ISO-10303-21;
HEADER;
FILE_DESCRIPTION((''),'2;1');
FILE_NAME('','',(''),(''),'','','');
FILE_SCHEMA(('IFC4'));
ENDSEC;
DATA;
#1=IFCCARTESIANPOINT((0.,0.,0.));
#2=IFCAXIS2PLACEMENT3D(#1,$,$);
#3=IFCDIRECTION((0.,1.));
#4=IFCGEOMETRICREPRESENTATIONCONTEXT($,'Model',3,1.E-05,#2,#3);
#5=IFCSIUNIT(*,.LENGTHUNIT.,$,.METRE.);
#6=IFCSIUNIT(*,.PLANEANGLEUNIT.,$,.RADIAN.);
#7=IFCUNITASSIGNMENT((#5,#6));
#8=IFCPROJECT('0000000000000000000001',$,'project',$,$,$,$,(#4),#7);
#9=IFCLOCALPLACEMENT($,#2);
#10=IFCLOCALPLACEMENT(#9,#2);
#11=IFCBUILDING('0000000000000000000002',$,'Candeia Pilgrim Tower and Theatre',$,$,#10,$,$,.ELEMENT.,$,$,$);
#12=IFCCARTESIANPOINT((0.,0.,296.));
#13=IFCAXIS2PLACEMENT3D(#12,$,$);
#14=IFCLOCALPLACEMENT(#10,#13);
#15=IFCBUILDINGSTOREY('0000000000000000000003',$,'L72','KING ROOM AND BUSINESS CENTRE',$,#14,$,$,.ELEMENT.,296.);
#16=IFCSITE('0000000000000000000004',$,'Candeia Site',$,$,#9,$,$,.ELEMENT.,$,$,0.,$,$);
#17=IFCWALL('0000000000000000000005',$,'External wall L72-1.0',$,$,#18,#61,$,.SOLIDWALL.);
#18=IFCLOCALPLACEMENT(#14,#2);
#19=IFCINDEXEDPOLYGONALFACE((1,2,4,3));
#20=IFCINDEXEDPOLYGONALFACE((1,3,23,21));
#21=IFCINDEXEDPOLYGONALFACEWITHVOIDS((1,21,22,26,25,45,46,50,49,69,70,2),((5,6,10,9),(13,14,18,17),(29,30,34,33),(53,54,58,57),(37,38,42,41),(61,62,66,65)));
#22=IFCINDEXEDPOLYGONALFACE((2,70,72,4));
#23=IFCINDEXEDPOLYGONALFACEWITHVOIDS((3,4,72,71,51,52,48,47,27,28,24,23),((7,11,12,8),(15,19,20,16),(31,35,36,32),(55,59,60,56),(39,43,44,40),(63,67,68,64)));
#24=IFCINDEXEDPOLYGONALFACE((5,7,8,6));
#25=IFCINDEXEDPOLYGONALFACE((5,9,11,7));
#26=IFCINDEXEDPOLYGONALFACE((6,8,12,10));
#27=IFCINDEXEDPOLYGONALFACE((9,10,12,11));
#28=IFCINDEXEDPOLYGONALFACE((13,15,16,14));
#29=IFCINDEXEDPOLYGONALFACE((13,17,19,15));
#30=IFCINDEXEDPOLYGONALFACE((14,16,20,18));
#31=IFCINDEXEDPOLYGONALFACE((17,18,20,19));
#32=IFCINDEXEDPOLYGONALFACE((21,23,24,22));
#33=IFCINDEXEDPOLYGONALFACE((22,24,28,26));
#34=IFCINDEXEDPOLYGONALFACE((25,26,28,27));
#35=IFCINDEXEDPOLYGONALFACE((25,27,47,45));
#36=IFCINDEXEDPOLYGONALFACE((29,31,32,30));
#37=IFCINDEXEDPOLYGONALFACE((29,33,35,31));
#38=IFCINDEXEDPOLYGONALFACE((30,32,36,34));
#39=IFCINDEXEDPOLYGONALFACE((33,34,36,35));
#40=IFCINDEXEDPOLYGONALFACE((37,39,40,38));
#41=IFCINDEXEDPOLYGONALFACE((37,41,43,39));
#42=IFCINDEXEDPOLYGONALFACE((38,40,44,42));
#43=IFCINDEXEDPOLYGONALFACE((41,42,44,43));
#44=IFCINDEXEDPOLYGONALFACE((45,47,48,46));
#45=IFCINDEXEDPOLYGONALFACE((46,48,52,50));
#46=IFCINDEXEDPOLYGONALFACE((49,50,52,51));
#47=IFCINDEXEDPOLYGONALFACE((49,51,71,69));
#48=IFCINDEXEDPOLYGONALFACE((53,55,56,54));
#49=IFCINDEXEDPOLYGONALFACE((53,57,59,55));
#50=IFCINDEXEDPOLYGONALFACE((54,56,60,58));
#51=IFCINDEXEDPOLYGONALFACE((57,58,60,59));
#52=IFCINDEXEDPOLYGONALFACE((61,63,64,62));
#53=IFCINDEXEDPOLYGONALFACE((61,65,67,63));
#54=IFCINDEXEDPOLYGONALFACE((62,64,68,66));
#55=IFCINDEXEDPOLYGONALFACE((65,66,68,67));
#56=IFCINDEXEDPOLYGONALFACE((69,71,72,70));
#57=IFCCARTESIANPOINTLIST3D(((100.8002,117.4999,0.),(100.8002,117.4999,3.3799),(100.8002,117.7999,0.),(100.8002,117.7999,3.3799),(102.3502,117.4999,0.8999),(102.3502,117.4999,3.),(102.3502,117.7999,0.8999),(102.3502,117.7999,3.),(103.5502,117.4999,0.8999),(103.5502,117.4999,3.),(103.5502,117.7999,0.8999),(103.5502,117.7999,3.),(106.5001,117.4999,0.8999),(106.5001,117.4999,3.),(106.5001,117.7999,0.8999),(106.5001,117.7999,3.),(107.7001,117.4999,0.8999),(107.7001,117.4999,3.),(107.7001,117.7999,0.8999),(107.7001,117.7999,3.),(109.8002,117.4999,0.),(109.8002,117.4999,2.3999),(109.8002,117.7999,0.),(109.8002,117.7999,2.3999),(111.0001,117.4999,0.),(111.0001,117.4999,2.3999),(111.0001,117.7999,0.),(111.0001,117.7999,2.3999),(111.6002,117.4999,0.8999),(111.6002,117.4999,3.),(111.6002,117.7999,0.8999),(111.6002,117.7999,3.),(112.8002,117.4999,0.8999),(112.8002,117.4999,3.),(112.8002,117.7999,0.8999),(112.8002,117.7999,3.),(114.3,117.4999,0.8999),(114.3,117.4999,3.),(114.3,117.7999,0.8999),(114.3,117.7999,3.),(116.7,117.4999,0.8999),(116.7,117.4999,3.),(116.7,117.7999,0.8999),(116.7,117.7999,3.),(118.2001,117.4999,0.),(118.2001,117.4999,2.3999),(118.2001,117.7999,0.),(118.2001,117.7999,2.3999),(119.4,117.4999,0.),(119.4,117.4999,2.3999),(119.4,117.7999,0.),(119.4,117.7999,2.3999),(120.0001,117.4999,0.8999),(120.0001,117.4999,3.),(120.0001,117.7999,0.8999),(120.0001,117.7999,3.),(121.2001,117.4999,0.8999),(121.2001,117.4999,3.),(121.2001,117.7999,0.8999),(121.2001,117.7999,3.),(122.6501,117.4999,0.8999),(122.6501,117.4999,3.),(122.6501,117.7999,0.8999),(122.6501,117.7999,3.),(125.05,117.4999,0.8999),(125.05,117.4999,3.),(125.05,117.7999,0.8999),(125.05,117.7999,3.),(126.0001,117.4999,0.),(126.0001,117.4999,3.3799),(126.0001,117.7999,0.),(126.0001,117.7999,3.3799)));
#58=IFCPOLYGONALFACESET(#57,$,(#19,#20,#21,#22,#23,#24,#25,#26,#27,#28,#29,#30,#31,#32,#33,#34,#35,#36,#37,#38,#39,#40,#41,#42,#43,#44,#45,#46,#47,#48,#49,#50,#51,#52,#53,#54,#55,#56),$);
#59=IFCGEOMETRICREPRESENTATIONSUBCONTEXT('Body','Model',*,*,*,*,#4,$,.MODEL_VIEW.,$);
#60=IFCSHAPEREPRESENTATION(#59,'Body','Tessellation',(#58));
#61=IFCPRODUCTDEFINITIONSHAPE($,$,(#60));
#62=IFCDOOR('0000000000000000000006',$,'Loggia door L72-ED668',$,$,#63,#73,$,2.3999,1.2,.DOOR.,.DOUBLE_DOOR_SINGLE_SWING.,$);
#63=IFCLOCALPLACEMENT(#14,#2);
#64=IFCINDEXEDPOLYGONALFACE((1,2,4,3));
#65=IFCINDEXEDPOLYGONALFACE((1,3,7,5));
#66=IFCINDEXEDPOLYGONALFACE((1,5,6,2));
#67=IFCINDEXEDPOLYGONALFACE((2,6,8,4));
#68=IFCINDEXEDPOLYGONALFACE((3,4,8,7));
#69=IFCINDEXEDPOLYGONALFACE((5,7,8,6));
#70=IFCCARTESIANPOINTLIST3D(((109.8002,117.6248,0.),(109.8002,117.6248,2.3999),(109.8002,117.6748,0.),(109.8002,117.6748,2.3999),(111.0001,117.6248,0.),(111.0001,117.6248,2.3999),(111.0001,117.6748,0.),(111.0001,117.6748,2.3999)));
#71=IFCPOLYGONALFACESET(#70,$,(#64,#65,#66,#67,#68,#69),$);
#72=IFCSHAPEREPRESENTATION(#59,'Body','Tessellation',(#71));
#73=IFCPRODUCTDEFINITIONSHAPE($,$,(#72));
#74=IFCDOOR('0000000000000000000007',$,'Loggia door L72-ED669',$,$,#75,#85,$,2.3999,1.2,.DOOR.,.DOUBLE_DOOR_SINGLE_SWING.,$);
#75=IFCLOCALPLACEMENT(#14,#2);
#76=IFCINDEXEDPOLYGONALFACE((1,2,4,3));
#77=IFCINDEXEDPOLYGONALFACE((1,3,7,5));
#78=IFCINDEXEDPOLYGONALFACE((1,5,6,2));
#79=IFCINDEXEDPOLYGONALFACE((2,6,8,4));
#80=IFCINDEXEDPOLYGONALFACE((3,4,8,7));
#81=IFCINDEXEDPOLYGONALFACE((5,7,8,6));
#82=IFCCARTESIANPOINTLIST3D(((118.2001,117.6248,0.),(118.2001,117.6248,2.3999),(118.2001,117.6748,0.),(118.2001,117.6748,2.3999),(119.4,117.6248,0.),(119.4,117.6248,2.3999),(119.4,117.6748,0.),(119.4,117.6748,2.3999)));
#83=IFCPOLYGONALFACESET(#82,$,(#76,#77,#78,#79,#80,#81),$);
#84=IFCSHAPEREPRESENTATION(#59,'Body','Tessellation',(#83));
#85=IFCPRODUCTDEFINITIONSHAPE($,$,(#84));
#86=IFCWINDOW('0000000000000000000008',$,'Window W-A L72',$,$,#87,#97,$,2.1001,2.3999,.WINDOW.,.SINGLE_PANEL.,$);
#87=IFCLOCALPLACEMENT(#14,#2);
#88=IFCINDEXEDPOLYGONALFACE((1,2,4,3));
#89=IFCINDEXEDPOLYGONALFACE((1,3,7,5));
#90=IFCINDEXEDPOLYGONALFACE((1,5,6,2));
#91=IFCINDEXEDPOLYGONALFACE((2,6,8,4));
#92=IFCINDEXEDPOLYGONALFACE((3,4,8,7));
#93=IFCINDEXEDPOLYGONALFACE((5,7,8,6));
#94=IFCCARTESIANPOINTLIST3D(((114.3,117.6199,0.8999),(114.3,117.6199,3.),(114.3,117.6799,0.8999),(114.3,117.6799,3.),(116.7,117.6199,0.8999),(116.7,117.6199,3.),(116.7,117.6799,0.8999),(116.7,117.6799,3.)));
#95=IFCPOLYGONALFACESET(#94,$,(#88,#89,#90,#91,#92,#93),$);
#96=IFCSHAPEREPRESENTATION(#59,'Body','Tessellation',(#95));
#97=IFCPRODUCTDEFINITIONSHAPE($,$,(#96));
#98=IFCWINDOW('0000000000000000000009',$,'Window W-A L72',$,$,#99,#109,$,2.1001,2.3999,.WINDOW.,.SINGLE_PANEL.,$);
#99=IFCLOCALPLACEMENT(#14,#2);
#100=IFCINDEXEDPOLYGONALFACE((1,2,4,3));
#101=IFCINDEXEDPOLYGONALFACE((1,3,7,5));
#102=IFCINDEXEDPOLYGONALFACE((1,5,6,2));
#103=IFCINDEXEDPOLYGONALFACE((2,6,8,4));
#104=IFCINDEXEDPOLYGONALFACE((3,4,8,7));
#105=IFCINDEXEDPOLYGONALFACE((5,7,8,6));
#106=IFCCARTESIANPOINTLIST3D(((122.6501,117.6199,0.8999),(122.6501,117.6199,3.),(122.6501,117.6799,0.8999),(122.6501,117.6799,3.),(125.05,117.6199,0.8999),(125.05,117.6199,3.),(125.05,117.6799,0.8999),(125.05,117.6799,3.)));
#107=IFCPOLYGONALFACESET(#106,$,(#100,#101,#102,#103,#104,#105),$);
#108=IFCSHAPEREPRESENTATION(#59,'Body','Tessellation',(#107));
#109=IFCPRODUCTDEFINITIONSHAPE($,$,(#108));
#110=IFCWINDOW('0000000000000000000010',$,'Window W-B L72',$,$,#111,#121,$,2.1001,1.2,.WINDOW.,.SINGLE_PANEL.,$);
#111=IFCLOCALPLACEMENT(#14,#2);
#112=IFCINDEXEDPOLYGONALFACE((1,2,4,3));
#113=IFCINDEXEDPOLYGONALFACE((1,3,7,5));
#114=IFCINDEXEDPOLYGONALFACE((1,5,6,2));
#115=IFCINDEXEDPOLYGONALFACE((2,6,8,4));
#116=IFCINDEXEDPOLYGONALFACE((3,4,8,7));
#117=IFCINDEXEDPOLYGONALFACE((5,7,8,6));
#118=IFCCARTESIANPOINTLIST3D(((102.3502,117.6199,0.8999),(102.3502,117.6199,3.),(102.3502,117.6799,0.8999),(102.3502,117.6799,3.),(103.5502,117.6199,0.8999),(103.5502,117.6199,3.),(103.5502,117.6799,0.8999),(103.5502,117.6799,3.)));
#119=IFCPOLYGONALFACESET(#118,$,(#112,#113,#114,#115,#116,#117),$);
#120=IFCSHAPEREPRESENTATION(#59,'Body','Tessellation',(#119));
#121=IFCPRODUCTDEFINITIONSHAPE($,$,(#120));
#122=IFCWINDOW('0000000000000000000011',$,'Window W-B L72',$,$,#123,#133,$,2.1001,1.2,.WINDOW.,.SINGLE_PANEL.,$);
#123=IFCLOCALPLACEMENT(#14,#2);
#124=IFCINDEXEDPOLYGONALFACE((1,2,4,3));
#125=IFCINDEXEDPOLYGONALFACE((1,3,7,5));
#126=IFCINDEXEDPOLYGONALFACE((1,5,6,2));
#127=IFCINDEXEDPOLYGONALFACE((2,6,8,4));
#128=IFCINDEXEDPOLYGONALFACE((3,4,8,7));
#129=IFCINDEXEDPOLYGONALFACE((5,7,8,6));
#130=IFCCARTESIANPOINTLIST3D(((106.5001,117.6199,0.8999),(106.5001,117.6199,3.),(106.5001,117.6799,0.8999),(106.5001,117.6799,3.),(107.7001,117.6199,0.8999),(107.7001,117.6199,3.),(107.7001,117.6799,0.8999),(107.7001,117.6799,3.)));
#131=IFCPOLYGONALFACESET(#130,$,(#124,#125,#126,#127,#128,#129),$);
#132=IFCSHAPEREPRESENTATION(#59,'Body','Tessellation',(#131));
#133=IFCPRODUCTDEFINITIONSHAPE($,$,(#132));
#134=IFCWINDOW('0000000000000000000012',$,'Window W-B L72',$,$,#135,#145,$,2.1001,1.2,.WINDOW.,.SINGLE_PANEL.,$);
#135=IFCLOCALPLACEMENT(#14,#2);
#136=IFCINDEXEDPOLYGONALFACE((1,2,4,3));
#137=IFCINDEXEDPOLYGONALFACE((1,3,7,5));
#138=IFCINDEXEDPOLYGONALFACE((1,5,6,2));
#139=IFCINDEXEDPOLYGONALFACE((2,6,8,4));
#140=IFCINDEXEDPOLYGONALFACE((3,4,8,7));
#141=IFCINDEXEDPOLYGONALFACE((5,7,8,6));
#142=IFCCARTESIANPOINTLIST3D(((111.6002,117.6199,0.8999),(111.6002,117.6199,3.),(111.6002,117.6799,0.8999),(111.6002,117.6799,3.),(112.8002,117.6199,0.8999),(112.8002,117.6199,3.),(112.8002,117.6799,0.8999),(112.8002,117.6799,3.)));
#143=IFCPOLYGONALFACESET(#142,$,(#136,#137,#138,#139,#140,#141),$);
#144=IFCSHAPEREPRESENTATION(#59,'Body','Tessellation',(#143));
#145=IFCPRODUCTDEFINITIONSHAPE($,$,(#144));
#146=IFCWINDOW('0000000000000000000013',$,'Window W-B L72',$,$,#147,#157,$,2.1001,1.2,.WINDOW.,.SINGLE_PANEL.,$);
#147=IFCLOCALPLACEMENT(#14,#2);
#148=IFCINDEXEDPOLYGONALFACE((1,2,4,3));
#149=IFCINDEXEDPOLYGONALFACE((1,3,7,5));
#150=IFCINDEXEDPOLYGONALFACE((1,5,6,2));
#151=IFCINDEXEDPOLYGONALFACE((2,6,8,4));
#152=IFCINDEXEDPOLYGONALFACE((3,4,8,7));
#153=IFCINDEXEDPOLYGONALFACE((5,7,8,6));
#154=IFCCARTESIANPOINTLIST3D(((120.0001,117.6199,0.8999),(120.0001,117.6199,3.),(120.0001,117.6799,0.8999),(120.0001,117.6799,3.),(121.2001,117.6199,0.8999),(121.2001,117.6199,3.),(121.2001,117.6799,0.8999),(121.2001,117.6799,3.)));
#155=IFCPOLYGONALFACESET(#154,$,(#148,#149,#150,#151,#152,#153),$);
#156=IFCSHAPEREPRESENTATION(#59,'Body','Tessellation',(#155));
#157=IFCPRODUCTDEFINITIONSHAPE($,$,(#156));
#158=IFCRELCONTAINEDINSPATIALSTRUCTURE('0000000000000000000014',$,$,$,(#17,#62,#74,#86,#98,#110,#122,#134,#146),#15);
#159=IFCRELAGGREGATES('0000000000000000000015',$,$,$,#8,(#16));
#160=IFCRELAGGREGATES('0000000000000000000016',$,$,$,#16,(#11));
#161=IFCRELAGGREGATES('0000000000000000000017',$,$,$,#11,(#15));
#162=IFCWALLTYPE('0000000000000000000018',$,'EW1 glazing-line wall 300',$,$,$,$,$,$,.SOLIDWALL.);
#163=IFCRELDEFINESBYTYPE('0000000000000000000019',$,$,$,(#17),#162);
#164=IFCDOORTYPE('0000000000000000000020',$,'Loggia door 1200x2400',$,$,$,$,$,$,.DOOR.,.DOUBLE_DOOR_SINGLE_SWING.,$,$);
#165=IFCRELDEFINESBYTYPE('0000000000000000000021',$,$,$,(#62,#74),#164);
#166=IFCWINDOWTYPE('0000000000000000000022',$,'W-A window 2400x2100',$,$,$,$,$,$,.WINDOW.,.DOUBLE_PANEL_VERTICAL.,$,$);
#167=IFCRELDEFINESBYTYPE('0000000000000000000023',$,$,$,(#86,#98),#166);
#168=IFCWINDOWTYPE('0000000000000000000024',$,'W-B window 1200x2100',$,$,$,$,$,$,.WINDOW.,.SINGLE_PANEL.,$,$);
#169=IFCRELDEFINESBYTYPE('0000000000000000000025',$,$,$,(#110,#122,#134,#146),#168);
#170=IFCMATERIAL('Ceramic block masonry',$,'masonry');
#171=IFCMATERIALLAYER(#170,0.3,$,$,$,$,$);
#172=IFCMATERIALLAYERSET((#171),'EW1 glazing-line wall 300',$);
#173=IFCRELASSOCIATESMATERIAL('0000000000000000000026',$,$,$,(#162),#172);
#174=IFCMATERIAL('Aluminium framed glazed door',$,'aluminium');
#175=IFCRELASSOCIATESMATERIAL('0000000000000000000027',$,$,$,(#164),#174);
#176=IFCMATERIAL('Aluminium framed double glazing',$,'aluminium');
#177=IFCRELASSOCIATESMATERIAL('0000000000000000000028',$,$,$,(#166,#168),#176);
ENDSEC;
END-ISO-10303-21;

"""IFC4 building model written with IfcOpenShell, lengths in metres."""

from ifc_helpers import new_model, si_unit, direction, frame, frame_2d, origin, place, context, subcontext, project, spatial, rectangle, extrude, material, layer, layer_set, type_object, element, fill, save


model = new_model("IFC4")

# Units and contexts
model_context = context("Model", 3, precision=1e-05, world=origin(), true_north=direction((0.0, 1.0)))
body_context = subcontext(model_context, "Body", "Model", "MODEL_VIEW")
ifc_project = project(units=[si_unit("LENGTHUNIT", "METRE"), si_unit("PLANEANGLEUNIT", "RADIAN")], contexts=[model_context])

# Site, building, storey
site_placement = place(None, origin())
site = spatial("IfcSite", under=ifc_project, at=site_placement, Name="Candeia Site", CompositionType="ELEMENT", RefElevation=0.0)
building_placement = place(site_placement, origin())
building = spatial("IfcBuilding", under=site, at=building_placement, Name="Candeia Pilgrim Tower and Theatre", CompositionType="ELEMENT")
storey_placement = place(building_placement, frame((0.0, 0.0, 296.0)))
storey = spatial("IfcBuildingStorey", under=building, at=storey_placement, Name="L72", Description="KING ROOM AND BUSINESS CENTRE", CompositionType="ELEMENT", Elevation=296.0)

# Wall, openings, doors, windows
ifc_material_1 = material(Name="Ceramic block masonry", Category="masonry")
ifc_layer_1 = layer(ifc_material_1, 0.3)
ifc_layer_set_1 = layer_set([ifc_layer_1], Name="EW1 glazing-line wall 300")
wall_type_1 = type_object("IfcWallType", Name="EW1 glazing-line wall 300", PredefinedType="SOLIDWALL", material=ifc_layer_set_1)
wall_1_placement = place(storey_placement, frame((100.8, 117.6499, 0.0), z_axis=(0.0, 0.0, 1.0), x_axis=(1.0, 0.0, 0.0)))
wall_1 = element("IfcWall", 1, at=wall_1_placement, inside=storey, type_object=wall_type_1, Name="External wall L72-1.0", PredefinedType="SOLIDWALL", context=body_context, shape_type="SweptSolid", body=[
    extrude(rectangle(XDim=25.2, YDim=0.3, at=frame_2d((12.6001, 0.0))), origin(), (0.0, 0.0, 1.0), 3.3799),
])
opening_1_placement = place(wall_1_placement, frame((1.55, 0.0, 0.8999)))
opening_1 = element("IfcOpeningElement", 2, at=opening_1_placement, cuts=wall_1, PredefinedType="OPENING", context=body_context, shape_type="SweptSolid", body=[
    extrude(rectangle(XDim=1.2, YDim=2.1001, at=frame_2d((0.6001, 1.05))), frame((0.0, 0.1602, 0.0), z_axis=(0.0, -1.0, 0.0), x_axis=(1.0, 0.0, 0.0)), (0.0, 0.0, 1.0), 0.3201),
])
opening_2_placement = place(wall_1_placement, frame((5.7, 0.0, 0.8999)))
opening_2 = element("IfcOpeningElement", 3, at=opening_2_placement, cuts=wall_1, PredefinedType="OPENING", context=body_context, shape_type="SweptSolid", body=[
    extrude(rectangle(XDim=1.2, YDim=2.1001, at=frame_2d((0.6001, 1.05))), frame((0.0, 0.1602, 0.0), z_axis=(0.0, -1.0, 0.0), x_axis=(1.0, 0.0, 0.0)), (0.0, 0.0, 1.0), 0.3201),
])
opening_3_placement = place(wall_1_placement, frame((9.0, 0.0, 0.0)))
opening_3 = element("IfcOpeningElement", 4, at=opening_3_placement, cuts=wall_1, PredefinedType="OPENING", context=body_context, shape_type="SweptSolid", body=[
    extrude(rectangle(XDim=1.2, YDim=2.3999, at=frame_2d((0.6001, 1.2))), frame((0.0, 0.1602, 0.0), z_axis=(0.0, -1.0, 0.0), x_axis=(1.0, 0.0, 0.0)), (0.0, 0.0, 1.0), 0.3201),
])
opening_4_placement = place(wall_1_placement, frame((10.8, 0.0, 0.8999)))
opening_4 = element("IfcOpeningElement", 5, at=opening_4_placement, cuts=wall_1, PredefinedType="OPENING", context=body_context, shape_type="SweptSolid", body=[
    extrude(rectangle(XDim=1.2, YDim=2.1001, at=frame_2d((0.6001, 1.05))), frame((0.0, 0.1602, 0.0), z_axis=(0.0, -1.0, 0.0), x_axis=(1.0, 0.0, 0.0)), (0.0, 0.0, 1.0), 0.3201),
])
opening_5_placement = place(wall_1_placement, frame((13.5, 0.0, 0.8999)))
opening_5 = element("IfcOpeningElement", 6, at=opening_5_placement, cuts=wall_1, PredefinedType="OPENING", context=body_context, shape_type="SweptSolid", body=[
    extrude(rectangle(XDim=2.3999, YDim=2.1001, at=frame_2d((1.2, 1.05))), frame((0.0, 0.1602, 0.0), z_axis=(0.0, -1.0, 0.0), x_axis=(1.0, 0.0, 0.0)), (0.0, 0.0, 1.0), 0.3201),
])
opening_6_placement = place(wall_1_placement, frame((17.3999, 0.0, 0.0)))
opening_6 = element("IfcOpeningElement", 7, at=opening_6_placement, cuts=wall_1, PredefinedType="OPENING", context=body_context, shape_type="SweptSolid", body=[
    extrude(rectangle(XDim=1.2, YDim=2.3999, at=frame_2d((0.6001, 1.2))), frame((0.0, 0.1602, 0.0), z_axis=(0.0, -1.0, 0.0), x_axis=(1.0, 0.0, 0.0)), (0.0, 0.0, 1.0), 0.3201),
])
opening_7_placement = place(wall_1_placement, frame((19.2, 0.0, 0.8999)))
opening_7 = element("IfcOpeningElement", 8, at=opening_7_placement, cuts=wall_1, PredefinedType="OPENING", context=body_context, shape_type="SweptSolid", body=[
    extrude(rectangle(XDim=1.2, YDim=2.1001, at=frame_2d((0.6001, 1.05))), frame((0.0, 0.1602, 0.0), z_axis=(0.0, -1.0, 0.0), x_axis=(1.0, 0.0, 0.0)), (0.0, 0.0, 1.0), 0.3201),
])
opening_8_placement = place(wall_1_placement, frame((21.8501, 0.0, 0.8999)))
opening_8 = element("IfcOpeningElement", 9, at=opening_8_placement, cuts=wall_1, PredefinedType="OPENING", context=body_context, shape_type="SweptSolid", body=[
    extrude(rectangle(XDim=2.3999, YDim=2.1001, at=frame_2d((1.2, 1.05))), frame((0.0, 0.1602, 0.0), z_axis=(0.0, -1.0, 0.0), x_axis=(1.0, 0.0, 0.0)), (0.0, 0.0, 1.0), 0.3201),
])
ifc_material_2 = material(Name="Aluminium framed glazed door", Category="aluminium")
door_type_1 = type_object("IfcDoorType", Name="Loggia door 1200x2400", OperationType="DOUBLE_DOOR_SINGLE_SWING", PredefinedType="DOOR", material=ifc_material_2)
door_1_placement = place(opening_3_placement, origin())
door_1 = element("IfcDoor", 10, at=door_1_placement, inside=storey, type_object=door_type_1, Name="Loggia door L72-ED668", OperationType="DOUBLE_DOOR_SINGLE_SWING", OverallHeight=2.3999, OverallWidth=1.2, PredefinedType="DOOR", context=body_context, shape_type="SweptSolid", body=[
    extrude(rectangle(XDim=1.2, YDim=2.3999, at=frame_2d((0.6001, 1.2))), frame((0.0, 0.0249, 0.0), z_axis=(0.0, -1.0, 0.0), x_axis=(1.0, 0.0, 0.0)), (0.0, 0.0, 1.0), 0.05),
])
fill(opening_3, door_1)
door_2_placement = place(opening_6_placement, origin())
door_2 = element("IfcDoor", 11, at=door_2_placement, inside=storey, type_object=door_type_1, Name="Loggia door L72-ED669", OperationType="DOUBLE_DOOR_SINGLE_SWING", OverallHeight=2.3999, OverallWidth=1.2, PredefinedType="DOOR", context=body_context, shape_type="SweptSolid", body=[
    extrude(rectangle(XDim=1.2, YDim=2.3999, at=frame_2d((0.6001, 1.2))), frame((0.0, 0.0249, 0.0), z_axis=(0.0, -1.0, 0.0), x_axis=(1.0, 0.0, 0.0)), (0.0, 0.0, 1.0), 0.05),
])
fill(opening_6, door_2)
ifc_material_3 = material(Name="Aluminium framed double glazing", Category="aluminium")
window_type_1 = type_object("IfcWindowType", Name="W-A window 2400x2100", PartitioningType="DOUBLE_PANEL_VERTICAL", PredefinedType="WINDOW", material=ifc_material_3)
window_1_placement = place(opening_5_placement, origin())
window_1 = element("IfcWindow", 12, at=window_1_placement, inside=storey, type_object=window_type_1, Name="Window W-A L72", OverallHeight=2.1001, OverallWidth=2.3999, PartitioningType="SINGLE_PANEL", PredefinedType="WINDOW", context=body_context, shape_type="SweptSolid", body=[
    extrude(rectangle(XDim=2.3999, YDim=2.1001, at=frame_2d((1.2, 1.05))), frame((0.0, 0.03, 0.0), z_axis=(0.0, -1.0, 0.0), x_axis=(1.0, 0.0, 0.0)), (0.0, 0.0, 1.0), 0.0601),
])
fill(opening_5, window_1)
window_2_placement = place(opening_8_placement, origin())
window_2 = element("IfcWindow", 13, at=window_2_placement, inside=storey, type_object=window_type_1, Name="Window W-A L72", OverallHeight=2.1001, OverallWidth=2.3999, PartitioningType="SINGLE_PANEL", PredefinedType="WINDOW", context=body_context, shape_type="SweptSolid", body=[
    extrude(rectangle(XDim=2.3999, YDim=2.1001, at=frame_2d((1.2, 1.05))), frame((0.0, 0.03, 0.0), z_axis=(0.0, -1.0, 0.0), x_axis=(1.0, 0.0, 0.0)), (0.0, 0.0, 1.0), 0.0601),
])
fill(opening_8, window_2)
window_type_2 = type_object("IfcWindowType", Name="W-B window 1200x2100", PartitioningType="SINGLE_PANEL", PredefinedType="WINDOW", material=ifc_material_3)
window_3_placement = place(opening_1_placement, origin())
window_3 = element("IfcWindow", 14, at=window_3_placement, inside=storey, type_object=window_type_2, Name="Window W-B L72", OverallHeight=2.1001, OverallWidth=1.2, PartitioningType="SINGLE_PANEL", PredefinedType="WINDOW", context=body_context, shape_type="SweptSolid", body=[
    extrude(rectangle(XDim=1.2, YDim=2.1001, at=frame_2d((0.6001, 1.05))), frame((0.0, 0.03, 0.0), z_axis=(0.0, -1.0, 0.0), x_axis=(1.0, 0.0, 0.0)), (0.0, 0.0, 1.0), 0.0601),
])
fill(opening_1, window_3)
window_4_placement = place(opening_2_placement, origin())
window_4 = element("IfcWindow", 15, at=window_4_placement, inside=storey, type_object=window_type_2, Name="Window W-B L72", OverallHeight=2.1001, OverallWidth=1.2, PartitioningType="SINGLE_PANEL", PredefinedType="WINDOW", context=body_context, shape_type="SweptSolid", body=[
    extrude(rectangle(XDim=1.2, YDim=2.1001, at=frame_2d((0.6001, 1.05))), frame((0.0, 0.03, 0.0), z_axis=(0.0, -1.0, 0.0), x_axis=(1.0, 0.0, 0.0)), (0.0, 0.0, 1.0), 0.0601),
])
fill(opening_2, window_4)
window_5_placement = place(opening_4_placement, origin())
window_5 = element("IfcWindow", 16, at=window_5_placement, inside=storey, type_object=window_type_2, Name="Window W-B L72", OverallHeight=2.1001, OverallWidth=1.2, PartitioningType="SINGLE_PANEL", PredefinedType="WINDOW", context=body_context, shape_type="SweptSolid", body=[
    extrude(rectangle(XDim=1.2, YDim=2.1001, at=frame_2d((0.6001, 1.05))), frame((0.0, 0.03, 0.0), z_axis=(0.0, -1.0, 0.0), x_axis=(1.0, 0.0, 0.0)), (0.0, 0.0, 1.0), 0.0601),
])
fill(opening_4, window_5)
window_6_placement = place(opening_7_placement, origin())
window_6 = element("IfcWindow", 17, at=window_6_placement, inside=storey, type_object=window_type_2, Name="Window W-B L72", OverallHeight=2.1001, OverallWidth=1.2, PartitioningType="SINGLE_PANEL", PredefinedType="WINDOW", context=body_context, shape_type="SweptSolid", body=[
    extrude(rectangle(XDim=1.2, YDim=2.1001, at=frame_2d((0.6001, 1.05))), frame((0.0, 0.03, 0.0), z_axis=(0.0, -1.0, 0.0), x_axis=(1.0, 0.0, 0.0)), (0.0, 0.0, 1.0), 0.0601),
])
fill(opening_7, window_6)

save(model, "model.ifc")
